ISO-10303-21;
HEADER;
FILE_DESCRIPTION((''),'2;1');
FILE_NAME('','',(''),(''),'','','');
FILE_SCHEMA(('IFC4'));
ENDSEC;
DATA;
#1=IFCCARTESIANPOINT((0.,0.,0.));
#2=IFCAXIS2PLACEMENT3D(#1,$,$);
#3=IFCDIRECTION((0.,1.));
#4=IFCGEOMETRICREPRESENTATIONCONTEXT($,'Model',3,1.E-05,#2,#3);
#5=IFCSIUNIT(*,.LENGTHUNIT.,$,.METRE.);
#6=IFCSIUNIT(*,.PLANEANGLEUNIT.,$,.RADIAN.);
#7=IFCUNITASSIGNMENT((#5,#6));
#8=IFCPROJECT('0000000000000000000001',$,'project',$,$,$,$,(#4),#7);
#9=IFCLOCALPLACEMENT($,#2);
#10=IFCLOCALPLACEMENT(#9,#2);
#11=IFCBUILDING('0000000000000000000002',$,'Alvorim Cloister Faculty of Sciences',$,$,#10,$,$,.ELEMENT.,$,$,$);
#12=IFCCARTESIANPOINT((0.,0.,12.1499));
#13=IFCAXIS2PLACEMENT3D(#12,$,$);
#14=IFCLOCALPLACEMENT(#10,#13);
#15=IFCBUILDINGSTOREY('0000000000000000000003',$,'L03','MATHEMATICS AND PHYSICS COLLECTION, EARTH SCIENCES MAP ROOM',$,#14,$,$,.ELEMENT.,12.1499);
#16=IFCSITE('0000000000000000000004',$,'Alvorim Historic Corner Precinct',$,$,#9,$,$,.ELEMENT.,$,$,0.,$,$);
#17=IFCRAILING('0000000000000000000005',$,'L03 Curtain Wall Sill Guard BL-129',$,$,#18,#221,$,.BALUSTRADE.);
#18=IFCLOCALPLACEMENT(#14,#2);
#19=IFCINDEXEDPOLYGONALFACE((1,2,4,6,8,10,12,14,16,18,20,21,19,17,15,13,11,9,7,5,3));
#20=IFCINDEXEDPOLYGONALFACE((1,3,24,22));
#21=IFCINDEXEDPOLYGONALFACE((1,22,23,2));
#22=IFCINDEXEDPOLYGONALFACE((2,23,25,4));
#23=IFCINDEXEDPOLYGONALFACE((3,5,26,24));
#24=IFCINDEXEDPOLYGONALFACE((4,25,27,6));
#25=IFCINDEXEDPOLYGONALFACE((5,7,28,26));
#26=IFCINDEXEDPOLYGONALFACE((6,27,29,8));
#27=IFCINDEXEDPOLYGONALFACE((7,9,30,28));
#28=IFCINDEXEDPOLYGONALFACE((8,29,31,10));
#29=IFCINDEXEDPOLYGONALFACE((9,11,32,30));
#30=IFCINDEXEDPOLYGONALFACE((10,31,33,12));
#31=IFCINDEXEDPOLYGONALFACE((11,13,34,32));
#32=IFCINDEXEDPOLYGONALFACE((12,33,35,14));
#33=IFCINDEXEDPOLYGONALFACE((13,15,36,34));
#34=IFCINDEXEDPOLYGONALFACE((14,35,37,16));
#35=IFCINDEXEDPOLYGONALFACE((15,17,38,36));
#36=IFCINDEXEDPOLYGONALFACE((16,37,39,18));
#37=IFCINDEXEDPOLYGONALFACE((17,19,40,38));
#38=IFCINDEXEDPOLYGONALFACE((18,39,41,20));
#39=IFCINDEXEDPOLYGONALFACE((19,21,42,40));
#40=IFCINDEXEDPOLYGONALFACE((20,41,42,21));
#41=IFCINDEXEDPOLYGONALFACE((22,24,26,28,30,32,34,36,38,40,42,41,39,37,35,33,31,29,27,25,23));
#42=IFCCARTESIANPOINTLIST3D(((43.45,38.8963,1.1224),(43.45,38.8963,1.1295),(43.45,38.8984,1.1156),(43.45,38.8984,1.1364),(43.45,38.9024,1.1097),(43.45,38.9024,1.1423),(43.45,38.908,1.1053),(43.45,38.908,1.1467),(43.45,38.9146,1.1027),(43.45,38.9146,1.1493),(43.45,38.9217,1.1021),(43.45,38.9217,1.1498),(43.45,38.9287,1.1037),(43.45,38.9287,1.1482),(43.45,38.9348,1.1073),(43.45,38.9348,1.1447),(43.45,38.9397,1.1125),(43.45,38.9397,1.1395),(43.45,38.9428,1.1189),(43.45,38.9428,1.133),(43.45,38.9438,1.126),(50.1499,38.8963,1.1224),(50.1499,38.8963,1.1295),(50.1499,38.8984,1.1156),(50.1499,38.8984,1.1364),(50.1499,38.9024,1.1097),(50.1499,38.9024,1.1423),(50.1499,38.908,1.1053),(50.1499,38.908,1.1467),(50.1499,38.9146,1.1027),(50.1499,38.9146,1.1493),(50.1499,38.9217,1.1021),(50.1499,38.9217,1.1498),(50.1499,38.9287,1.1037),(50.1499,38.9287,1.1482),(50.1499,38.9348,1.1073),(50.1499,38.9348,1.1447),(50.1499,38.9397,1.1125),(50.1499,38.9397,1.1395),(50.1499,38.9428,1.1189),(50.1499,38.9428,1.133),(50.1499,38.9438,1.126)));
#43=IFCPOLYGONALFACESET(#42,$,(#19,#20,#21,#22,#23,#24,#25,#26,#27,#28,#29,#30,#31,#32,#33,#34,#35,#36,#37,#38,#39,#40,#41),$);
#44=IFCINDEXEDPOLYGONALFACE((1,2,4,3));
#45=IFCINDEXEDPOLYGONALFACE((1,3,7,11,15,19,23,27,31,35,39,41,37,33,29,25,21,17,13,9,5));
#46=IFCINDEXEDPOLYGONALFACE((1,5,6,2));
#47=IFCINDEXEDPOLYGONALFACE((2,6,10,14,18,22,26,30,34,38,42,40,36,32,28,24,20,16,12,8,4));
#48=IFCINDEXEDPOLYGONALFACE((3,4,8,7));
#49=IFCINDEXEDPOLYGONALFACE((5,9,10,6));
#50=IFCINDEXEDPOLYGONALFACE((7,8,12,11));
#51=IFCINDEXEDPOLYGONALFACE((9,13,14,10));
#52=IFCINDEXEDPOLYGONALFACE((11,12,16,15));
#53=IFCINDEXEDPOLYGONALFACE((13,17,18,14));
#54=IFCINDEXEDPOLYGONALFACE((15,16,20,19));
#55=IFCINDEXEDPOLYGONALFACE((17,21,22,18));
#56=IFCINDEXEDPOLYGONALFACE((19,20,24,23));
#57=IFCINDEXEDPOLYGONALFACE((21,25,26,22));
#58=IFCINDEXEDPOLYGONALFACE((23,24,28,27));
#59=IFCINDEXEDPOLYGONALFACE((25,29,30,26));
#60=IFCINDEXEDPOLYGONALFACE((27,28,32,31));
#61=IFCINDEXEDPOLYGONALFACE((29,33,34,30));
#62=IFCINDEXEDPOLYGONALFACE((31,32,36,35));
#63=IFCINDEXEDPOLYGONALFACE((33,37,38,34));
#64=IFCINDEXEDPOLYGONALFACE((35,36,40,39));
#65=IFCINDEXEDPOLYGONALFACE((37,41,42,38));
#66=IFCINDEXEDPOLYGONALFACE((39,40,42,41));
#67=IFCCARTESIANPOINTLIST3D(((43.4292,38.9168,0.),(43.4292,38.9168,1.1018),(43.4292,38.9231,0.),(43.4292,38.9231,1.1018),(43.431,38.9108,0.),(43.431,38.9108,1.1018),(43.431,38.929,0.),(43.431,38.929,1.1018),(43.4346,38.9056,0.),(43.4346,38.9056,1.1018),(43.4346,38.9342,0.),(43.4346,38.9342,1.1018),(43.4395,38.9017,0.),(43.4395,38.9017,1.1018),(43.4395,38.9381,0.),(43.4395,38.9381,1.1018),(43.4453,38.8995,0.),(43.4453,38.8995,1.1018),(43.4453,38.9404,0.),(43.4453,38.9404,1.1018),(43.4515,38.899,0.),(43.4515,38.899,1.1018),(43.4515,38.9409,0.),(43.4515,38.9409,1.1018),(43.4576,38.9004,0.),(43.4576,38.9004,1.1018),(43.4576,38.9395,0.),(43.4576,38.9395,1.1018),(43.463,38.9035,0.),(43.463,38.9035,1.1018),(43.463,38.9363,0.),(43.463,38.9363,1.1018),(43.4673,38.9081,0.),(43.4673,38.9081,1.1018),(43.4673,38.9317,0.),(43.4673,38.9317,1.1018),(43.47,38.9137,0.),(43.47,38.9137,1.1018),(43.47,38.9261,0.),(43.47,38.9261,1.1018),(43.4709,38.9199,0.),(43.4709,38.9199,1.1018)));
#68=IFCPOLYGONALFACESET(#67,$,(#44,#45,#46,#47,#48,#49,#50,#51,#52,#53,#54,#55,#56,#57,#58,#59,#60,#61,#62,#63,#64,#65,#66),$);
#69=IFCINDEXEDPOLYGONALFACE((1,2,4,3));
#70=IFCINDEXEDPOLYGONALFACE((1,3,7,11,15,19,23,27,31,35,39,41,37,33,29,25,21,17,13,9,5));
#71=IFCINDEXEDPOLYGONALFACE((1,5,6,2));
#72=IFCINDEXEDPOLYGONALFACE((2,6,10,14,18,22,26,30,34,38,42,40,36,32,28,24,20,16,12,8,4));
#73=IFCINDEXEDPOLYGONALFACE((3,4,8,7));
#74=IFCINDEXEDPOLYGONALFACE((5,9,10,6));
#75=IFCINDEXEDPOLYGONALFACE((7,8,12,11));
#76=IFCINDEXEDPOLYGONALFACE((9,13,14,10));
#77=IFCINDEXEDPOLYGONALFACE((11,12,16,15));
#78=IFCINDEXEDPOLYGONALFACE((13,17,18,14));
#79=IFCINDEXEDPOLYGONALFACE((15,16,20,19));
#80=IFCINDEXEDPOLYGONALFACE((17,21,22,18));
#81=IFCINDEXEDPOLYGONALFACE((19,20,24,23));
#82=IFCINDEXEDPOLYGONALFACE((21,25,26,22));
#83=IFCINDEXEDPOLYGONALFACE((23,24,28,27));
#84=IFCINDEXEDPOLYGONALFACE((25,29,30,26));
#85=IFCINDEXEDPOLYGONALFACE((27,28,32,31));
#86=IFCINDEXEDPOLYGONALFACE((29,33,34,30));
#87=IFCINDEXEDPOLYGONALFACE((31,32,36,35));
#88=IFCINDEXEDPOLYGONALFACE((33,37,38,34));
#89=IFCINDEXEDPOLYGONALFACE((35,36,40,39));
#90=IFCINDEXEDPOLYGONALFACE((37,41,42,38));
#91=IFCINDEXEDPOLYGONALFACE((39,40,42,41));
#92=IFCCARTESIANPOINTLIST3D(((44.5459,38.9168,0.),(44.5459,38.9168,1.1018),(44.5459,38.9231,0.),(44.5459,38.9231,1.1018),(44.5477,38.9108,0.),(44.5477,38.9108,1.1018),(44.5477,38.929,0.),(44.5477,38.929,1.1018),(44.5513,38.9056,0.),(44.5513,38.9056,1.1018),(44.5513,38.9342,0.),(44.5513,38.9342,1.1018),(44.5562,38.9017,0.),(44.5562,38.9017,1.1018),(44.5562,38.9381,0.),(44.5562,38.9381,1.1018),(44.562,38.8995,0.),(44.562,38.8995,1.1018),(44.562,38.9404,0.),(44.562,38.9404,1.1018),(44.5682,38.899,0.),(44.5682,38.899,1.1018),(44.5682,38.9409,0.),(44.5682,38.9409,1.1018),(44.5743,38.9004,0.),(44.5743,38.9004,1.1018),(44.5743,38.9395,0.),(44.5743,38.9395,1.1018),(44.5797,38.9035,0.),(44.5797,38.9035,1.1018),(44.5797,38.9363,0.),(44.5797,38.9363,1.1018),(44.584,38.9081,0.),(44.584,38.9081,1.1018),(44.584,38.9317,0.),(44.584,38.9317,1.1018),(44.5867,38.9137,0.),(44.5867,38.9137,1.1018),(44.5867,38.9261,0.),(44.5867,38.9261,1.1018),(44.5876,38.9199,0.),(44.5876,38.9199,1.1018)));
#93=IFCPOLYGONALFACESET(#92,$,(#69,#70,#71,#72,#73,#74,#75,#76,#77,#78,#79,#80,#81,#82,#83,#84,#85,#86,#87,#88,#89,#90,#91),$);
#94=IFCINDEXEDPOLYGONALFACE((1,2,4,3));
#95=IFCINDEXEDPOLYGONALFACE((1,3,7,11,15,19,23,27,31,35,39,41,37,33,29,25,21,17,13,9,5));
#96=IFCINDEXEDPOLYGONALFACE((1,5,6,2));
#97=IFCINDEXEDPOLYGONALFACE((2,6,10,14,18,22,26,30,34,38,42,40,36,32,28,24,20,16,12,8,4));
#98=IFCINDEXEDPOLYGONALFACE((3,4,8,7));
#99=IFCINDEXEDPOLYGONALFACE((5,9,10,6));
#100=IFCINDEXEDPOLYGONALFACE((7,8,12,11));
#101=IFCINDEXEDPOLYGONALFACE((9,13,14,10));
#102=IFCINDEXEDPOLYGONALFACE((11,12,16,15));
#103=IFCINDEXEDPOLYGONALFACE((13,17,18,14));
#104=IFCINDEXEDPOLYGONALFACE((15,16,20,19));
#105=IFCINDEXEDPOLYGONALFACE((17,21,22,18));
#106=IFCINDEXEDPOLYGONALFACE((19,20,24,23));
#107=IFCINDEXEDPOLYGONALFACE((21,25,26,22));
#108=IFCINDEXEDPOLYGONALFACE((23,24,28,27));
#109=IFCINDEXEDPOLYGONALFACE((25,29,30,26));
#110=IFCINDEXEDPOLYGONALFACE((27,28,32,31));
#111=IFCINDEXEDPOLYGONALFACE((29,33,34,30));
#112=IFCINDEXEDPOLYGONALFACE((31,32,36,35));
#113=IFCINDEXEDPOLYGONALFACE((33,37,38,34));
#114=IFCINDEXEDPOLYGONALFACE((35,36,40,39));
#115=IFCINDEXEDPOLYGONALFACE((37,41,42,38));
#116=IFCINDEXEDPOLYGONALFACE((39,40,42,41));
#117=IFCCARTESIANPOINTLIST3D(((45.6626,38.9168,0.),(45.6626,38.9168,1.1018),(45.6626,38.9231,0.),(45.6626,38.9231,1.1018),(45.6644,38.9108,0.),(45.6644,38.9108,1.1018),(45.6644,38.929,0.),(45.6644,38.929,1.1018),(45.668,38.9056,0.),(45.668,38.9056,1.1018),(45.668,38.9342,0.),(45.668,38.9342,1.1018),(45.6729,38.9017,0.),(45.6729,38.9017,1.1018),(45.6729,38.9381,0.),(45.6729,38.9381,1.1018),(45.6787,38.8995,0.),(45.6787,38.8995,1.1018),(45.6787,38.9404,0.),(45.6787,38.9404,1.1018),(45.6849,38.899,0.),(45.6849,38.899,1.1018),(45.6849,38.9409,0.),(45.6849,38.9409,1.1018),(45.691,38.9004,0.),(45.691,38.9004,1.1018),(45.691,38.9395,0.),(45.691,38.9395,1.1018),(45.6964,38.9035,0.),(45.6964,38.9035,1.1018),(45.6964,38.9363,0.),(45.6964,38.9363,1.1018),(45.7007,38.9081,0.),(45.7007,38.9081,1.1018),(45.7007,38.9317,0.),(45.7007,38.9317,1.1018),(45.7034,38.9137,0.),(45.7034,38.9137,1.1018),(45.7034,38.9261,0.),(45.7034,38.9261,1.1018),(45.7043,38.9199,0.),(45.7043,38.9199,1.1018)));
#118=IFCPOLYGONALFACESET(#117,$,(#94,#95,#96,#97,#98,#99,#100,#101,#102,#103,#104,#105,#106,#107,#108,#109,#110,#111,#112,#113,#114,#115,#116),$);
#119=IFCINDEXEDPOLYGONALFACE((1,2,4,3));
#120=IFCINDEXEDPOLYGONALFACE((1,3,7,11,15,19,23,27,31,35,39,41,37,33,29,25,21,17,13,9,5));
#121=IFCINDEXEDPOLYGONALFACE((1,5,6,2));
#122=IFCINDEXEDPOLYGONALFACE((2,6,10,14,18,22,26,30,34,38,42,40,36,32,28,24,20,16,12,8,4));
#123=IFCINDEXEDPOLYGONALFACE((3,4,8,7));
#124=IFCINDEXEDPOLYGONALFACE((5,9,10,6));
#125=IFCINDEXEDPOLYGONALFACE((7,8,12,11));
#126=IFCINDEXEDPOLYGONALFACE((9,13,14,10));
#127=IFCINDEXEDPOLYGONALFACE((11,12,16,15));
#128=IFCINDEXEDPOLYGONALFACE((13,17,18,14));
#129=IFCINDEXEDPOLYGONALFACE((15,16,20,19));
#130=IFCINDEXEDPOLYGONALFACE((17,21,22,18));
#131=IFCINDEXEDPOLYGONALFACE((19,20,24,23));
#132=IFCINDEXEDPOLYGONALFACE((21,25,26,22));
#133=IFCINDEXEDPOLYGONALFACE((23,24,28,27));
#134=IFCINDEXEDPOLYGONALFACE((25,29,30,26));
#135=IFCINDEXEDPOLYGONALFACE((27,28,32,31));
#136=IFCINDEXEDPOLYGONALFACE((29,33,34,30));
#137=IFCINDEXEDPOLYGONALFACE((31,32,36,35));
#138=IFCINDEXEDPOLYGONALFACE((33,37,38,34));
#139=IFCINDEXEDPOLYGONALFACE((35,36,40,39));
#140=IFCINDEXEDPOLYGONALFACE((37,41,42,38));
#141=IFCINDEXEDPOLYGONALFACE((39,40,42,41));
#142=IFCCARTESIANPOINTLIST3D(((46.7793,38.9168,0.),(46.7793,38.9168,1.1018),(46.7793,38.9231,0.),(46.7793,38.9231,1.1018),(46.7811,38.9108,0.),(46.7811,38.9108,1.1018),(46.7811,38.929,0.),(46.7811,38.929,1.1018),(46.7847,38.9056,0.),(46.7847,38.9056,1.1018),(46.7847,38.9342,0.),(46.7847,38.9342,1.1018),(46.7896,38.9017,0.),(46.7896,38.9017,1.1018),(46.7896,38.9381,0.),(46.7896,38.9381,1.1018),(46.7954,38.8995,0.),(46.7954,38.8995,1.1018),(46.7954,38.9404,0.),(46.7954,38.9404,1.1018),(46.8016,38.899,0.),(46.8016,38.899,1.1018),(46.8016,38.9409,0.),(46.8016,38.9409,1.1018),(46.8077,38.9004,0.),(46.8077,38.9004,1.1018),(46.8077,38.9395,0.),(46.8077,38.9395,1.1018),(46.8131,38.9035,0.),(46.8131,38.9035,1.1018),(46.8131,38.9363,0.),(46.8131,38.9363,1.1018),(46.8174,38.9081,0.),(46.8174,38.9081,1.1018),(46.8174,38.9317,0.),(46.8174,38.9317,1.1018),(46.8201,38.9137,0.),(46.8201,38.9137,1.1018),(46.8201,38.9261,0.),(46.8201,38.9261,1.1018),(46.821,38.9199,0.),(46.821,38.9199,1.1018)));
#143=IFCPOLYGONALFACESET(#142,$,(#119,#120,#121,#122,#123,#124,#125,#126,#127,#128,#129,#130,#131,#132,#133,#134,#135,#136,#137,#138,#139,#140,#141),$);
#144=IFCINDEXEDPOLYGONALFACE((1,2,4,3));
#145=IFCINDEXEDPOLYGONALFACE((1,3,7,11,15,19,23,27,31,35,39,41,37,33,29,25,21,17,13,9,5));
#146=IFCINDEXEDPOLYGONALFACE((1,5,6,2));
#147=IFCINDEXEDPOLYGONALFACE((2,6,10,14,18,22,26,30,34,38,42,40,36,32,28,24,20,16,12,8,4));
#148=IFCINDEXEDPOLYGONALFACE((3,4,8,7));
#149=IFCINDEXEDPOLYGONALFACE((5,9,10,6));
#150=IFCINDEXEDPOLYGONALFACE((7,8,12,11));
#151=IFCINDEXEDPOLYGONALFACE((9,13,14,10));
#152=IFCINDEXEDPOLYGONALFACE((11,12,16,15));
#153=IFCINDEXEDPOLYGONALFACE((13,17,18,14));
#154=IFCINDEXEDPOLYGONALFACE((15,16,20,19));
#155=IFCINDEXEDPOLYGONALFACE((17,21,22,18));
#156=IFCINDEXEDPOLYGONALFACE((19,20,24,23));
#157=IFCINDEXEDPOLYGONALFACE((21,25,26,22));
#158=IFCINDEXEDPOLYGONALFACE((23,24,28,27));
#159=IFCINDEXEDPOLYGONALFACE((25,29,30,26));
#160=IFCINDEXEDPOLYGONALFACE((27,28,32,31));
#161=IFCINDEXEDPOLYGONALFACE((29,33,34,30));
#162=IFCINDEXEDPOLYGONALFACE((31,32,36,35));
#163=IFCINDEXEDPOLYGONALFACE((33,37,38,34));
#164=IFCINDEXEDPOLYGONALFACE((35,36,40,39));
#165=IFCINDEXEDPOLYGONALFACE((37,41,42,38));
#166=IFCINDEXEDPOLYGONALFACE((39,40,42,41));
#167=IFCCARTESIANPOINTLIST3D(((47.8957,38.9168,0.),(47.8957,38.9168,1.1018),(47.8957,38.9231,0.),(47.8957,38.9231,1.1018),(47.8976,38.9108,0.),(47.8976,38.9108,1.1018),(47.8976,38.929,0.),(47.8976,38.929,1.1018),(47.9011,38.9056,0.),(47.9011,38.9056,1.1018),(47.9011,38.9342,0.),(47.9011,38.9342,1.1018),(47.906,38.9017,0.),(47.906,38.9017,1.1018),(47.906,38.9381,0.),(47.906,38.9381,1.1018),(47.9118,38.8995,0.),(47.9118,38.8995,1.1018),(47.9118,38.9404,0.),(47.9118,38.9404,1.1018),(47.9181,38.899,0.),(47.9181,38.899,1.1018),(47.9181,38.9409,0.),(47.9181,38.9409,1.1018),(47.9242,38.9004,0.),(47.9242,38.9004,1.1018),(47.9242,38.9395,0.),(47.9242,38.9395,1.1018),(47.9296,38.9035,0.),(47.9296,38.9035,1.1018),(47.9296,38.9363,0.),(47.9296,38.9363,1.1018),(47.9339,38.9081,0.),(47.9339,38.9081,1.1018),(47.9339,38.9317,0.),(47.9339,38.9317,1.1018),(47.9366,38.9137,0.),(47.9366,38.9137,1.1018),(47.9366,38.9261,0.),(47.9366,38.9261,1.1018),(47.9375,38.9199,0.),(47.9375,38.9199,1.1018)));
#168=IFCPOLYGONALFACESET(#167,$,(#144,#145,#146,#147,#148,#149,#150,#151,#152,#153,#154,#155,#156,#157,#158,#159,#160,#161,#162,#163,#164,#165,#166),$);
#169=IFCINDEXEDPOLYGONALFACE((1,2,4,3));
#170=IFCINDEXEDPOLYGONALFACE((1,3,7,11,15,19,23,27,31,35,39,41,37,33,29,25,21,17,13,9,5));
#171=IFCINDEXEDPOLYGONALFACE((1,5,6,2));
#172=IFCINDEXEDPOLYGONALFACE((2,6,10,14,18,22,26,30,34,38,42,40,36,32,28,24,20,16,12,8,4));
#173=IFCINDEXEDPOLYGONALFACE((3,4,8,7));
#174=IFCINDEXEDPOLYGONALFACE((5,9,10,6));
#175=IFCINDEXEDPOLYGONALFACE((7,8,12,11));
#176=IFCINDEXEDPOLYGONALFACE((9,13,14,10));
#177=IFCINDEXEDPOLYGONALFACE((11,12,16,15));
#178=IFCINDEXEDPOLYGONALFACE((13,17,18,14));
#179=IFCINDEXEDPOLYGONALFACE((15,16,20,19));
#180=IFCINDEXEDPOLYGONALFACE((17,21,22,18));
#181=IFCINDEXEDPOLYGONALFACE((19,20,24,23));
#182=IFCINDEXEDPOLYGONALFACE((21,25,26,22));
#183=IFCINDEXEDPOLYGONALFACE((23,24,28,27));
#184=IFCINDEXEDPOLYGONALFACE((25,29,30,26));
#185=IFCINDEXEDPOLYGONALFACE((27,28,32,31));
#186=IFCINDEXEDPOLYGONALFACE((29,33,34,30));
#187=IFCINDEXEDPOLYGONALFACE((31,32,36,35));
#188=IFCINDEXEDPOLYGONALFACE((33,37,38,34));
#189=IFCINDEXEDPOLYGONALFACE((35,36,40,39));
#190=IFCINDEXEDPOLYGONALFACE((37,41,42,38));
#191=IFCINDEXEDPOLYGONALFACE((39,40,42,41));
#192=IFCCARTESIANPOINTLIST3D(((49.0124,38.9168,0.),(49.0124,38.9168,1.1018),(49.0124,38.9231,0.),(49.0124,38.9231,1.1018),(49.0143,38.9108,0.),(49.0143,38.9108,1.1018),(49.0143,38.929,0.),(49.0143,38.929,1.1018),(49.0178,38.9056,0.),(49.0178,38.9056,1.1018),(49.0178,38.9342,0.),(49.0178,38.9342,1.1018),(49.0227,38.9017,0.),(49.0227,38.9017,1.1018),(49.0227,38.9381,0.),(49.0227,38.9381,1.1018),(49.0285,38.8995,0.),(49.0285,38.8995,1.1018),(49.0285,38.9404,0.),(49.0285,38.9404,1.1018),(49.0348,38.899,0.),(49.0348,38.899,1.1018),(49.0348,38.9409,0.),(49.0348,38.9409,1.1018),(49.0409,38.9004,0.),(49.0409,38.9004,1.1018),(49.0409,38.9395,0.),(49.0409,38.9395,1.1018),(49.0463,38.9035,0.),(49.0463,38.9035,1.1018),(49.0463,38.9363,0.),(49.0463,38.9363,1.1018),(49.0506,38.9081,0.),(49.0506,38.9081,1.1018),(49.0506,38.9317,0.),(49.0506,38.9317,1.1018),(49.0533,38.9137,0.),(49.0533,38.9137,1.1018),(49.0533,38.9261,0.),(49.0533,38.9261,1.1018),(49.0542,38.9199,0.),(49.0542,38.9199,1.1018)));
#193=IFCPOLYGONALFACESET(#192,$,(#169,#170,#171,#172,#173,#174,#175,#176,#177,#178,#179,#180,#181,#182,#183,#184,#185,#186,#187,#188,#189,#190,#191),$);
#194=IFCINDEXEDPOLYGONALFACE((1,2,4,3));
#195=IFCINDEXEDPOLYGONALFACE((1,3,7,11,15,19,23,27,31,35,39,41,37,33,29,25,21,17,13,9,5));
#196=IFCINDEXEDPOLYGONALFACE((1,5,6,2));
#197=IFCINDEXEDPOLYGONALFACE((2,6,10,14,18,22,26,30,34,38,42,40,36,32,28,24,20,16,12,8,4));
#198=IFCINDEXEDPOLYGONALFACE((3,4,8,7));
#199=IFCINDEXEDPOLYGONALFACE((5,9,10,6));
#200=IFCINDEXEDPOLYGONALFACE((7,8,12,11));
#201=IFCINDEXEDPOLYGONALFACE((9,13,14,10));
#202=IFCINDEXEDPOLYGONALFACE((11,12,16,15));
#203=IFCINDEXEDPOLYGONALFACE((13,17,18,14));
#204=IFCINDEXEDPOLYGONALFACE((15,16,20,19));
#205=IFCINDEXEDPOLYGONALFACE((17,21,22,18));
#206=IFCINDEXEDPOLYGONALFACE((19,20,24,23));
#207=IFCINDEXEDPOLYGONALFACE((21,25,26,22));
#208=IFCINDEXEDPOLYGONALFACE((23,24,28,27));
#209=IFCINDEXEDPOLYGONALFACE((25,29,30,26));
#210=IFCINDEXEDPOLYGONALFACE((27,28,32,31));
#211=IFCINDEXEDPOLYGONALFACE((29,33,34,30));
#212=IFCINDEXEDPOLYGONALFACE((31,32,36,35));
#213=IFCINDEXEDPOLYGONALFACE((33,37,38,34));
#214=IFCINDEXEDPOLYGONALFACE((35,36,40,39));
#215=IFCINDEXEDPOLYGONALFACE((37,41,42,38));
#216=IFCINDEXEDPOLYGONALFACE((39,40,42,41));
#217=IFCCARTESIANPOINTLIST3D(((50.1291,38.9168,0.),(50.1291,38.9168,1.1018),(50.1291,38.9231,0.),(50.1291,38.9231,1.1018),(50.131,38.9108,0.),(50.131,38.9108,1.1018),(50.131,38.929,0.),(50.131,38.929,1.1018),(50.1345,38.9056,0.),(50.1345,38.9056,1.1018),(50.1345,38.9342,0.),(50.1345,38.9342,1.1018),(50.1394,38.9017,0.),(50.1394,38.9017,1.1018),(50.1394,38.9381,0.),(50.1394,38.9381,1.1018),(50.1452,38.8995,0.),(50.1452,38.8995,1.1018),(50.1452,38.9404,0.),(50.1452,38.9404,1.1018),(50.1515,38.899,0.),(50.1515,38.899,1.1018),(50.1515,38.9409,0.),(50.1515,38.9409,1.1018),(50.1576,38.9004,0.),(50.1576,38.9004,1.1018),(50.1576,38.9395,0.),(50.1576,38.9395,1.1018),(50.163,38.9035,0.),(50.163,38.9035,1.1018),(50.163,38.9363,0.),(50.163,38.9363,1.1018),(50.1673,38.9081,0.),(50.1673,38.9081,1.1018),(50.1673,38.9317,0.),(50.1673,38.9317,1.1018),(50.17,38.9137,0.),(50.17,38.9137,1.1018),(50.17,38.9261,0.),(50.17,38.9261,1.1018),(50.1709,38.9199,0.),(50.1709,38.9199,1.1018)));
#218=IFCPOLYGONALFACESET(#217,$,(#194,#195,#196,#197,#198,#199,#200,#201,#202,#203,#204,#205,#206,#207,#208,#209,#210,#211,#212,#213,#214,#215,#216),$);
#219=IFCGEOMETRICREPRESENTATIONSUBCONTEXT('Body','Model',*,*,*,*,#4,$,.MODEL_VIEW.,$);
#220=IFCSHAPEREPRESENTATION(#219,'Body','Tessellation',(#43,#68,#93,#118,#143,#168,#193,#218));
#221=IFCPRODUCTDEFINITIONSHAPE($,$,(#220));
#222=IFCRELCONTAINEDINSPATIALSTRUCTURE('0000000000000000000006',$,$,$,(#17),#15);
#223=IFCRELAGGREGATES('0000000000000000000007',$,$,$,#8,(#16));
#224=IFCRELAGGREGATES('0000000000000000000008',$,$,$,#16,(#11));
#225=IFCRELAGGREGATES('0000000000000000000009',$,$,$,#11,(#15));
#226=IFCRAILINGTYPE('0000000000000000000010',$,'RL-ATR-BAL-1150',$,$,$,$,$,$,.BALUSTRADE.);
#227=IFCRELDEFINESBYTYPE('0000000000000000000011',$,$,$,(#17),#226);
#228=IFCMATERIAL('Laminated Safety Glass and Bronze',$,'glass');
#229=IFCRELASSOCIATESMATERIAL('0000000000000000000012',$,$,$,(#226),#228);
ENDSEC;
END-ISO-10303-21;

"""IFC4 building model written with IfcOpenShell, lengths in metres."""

from ifc_helpers import new_model, si_unit, direction, frame, origin, origin_2d, place, context, subcontext, project, spatial, circle, extrude, material, type_object, element, save


model = new_model("IFC4")

# Units and contexts
model_context = context("Model", 3, precision=1e-05, world=origin(), true_north=direction((0.0, 1.0)))
body_context = subcontext(model_context, "Body", "Model", "MODEL_VIEW")
ifc_project = project(units=[si_unit("LENGTHUNIT", "METRE"), si_unit("PLANEANGLEUNIT", "RADIAN")], contexts=[model_context])

# Site, building, storey
site_placement = place(None, origin())
site = spatial("IfcSite", under=ifc_project, at=site_placement, Name="Alvorim Historic Corner Precinct", CompositionType="ELEMENT", RefElevation=0.0)
building_placement = place(site_placement, origin())
building = spatial("IfcBuilding", under=site, at=building_placement, Name="Alvorim Cloister Faculty of Sciences", CompositionType="ELEMENT")
storey_placement = place(building_placement, frame((0.0, 0.0, 12.1499)))
storey = spatial("IfcBuildingStorey", under=building, at=storey_placement, Name="L03", Description="MATHEMATICS AND PHYSICS COLLECTION, EARTH SCIENCES MAP ROOM", CompositionType="ELEMENT", Elevation=12.1499)

# Railing
ifc_material_1 = material(Name="Laminated Safety Glass and Bronze", Category="glass")
railing_type = type_object("IfcRailingType", Name="RL-ATR-BAL-1150", PredefinedType="BALUSTRADE", material=ifc_material_1)
railing_1_placement = place(storey_placement, frame((43.45, 38.9199, 0.0)))
element("IfcRailing", 1, at=railing_1_placement, inside=storey, type_object=railing_type, Name="L03 Curtain Wall Sill Guard BL-129", PredefinedType="BALUSTRADE", context=body_context, shape_type="SweptSolid", body=[
    extrude(circle(Radius=0.0239, at=origin_2d()), frame((0.0, 0.0, 1.126), z_axis=(1.0, 0.0, 0.0), x_axis=(0.0, 1.0, 0.0)), (0.0, 0.0, 1.0), 6.7),
    extrude(circle(Radius=0.021, at=origin_2d()), origin(), (0.0, 0.0, 1.0), 1.1018),
    extrude(circle(Radius=0.021, at=origin_2d()), frame((1.1167, 0.0, 0.0)), (0.0, 0.0, 1.0), 1.1018),
    extrude(circle(Radius=0.021, at=origin_2d()), frame((2.2334, 0.0, 0.0)), (0.0, 0.0, 1.0), 1.1018),
    extrude(circle(Radius=0.021, at=origin_2d()), frame((3.3501, 0.0, 0.0)), (0.0, 0.0, 1.0), 1.1018),
    extrude(circle(Radius=0.021, at=origin_2d()), frame((4.4666, 0.0, 0.0)), (0.0, 0.0, 1.0), 1.1018),
    extrude(circle(Radius=0.021, at=origin_2d()), frame((5.5833, 0.0, 0.0)), (0.0, 0.0, 1.0), 1.1018),
    extrude(circle(Radius=0.021, at=origin_2d()), frame((6.7, 0.0, 0.0)), (0.0, 0.0, 1.0), 1.1018),
])

save(model, "model.ifc")
